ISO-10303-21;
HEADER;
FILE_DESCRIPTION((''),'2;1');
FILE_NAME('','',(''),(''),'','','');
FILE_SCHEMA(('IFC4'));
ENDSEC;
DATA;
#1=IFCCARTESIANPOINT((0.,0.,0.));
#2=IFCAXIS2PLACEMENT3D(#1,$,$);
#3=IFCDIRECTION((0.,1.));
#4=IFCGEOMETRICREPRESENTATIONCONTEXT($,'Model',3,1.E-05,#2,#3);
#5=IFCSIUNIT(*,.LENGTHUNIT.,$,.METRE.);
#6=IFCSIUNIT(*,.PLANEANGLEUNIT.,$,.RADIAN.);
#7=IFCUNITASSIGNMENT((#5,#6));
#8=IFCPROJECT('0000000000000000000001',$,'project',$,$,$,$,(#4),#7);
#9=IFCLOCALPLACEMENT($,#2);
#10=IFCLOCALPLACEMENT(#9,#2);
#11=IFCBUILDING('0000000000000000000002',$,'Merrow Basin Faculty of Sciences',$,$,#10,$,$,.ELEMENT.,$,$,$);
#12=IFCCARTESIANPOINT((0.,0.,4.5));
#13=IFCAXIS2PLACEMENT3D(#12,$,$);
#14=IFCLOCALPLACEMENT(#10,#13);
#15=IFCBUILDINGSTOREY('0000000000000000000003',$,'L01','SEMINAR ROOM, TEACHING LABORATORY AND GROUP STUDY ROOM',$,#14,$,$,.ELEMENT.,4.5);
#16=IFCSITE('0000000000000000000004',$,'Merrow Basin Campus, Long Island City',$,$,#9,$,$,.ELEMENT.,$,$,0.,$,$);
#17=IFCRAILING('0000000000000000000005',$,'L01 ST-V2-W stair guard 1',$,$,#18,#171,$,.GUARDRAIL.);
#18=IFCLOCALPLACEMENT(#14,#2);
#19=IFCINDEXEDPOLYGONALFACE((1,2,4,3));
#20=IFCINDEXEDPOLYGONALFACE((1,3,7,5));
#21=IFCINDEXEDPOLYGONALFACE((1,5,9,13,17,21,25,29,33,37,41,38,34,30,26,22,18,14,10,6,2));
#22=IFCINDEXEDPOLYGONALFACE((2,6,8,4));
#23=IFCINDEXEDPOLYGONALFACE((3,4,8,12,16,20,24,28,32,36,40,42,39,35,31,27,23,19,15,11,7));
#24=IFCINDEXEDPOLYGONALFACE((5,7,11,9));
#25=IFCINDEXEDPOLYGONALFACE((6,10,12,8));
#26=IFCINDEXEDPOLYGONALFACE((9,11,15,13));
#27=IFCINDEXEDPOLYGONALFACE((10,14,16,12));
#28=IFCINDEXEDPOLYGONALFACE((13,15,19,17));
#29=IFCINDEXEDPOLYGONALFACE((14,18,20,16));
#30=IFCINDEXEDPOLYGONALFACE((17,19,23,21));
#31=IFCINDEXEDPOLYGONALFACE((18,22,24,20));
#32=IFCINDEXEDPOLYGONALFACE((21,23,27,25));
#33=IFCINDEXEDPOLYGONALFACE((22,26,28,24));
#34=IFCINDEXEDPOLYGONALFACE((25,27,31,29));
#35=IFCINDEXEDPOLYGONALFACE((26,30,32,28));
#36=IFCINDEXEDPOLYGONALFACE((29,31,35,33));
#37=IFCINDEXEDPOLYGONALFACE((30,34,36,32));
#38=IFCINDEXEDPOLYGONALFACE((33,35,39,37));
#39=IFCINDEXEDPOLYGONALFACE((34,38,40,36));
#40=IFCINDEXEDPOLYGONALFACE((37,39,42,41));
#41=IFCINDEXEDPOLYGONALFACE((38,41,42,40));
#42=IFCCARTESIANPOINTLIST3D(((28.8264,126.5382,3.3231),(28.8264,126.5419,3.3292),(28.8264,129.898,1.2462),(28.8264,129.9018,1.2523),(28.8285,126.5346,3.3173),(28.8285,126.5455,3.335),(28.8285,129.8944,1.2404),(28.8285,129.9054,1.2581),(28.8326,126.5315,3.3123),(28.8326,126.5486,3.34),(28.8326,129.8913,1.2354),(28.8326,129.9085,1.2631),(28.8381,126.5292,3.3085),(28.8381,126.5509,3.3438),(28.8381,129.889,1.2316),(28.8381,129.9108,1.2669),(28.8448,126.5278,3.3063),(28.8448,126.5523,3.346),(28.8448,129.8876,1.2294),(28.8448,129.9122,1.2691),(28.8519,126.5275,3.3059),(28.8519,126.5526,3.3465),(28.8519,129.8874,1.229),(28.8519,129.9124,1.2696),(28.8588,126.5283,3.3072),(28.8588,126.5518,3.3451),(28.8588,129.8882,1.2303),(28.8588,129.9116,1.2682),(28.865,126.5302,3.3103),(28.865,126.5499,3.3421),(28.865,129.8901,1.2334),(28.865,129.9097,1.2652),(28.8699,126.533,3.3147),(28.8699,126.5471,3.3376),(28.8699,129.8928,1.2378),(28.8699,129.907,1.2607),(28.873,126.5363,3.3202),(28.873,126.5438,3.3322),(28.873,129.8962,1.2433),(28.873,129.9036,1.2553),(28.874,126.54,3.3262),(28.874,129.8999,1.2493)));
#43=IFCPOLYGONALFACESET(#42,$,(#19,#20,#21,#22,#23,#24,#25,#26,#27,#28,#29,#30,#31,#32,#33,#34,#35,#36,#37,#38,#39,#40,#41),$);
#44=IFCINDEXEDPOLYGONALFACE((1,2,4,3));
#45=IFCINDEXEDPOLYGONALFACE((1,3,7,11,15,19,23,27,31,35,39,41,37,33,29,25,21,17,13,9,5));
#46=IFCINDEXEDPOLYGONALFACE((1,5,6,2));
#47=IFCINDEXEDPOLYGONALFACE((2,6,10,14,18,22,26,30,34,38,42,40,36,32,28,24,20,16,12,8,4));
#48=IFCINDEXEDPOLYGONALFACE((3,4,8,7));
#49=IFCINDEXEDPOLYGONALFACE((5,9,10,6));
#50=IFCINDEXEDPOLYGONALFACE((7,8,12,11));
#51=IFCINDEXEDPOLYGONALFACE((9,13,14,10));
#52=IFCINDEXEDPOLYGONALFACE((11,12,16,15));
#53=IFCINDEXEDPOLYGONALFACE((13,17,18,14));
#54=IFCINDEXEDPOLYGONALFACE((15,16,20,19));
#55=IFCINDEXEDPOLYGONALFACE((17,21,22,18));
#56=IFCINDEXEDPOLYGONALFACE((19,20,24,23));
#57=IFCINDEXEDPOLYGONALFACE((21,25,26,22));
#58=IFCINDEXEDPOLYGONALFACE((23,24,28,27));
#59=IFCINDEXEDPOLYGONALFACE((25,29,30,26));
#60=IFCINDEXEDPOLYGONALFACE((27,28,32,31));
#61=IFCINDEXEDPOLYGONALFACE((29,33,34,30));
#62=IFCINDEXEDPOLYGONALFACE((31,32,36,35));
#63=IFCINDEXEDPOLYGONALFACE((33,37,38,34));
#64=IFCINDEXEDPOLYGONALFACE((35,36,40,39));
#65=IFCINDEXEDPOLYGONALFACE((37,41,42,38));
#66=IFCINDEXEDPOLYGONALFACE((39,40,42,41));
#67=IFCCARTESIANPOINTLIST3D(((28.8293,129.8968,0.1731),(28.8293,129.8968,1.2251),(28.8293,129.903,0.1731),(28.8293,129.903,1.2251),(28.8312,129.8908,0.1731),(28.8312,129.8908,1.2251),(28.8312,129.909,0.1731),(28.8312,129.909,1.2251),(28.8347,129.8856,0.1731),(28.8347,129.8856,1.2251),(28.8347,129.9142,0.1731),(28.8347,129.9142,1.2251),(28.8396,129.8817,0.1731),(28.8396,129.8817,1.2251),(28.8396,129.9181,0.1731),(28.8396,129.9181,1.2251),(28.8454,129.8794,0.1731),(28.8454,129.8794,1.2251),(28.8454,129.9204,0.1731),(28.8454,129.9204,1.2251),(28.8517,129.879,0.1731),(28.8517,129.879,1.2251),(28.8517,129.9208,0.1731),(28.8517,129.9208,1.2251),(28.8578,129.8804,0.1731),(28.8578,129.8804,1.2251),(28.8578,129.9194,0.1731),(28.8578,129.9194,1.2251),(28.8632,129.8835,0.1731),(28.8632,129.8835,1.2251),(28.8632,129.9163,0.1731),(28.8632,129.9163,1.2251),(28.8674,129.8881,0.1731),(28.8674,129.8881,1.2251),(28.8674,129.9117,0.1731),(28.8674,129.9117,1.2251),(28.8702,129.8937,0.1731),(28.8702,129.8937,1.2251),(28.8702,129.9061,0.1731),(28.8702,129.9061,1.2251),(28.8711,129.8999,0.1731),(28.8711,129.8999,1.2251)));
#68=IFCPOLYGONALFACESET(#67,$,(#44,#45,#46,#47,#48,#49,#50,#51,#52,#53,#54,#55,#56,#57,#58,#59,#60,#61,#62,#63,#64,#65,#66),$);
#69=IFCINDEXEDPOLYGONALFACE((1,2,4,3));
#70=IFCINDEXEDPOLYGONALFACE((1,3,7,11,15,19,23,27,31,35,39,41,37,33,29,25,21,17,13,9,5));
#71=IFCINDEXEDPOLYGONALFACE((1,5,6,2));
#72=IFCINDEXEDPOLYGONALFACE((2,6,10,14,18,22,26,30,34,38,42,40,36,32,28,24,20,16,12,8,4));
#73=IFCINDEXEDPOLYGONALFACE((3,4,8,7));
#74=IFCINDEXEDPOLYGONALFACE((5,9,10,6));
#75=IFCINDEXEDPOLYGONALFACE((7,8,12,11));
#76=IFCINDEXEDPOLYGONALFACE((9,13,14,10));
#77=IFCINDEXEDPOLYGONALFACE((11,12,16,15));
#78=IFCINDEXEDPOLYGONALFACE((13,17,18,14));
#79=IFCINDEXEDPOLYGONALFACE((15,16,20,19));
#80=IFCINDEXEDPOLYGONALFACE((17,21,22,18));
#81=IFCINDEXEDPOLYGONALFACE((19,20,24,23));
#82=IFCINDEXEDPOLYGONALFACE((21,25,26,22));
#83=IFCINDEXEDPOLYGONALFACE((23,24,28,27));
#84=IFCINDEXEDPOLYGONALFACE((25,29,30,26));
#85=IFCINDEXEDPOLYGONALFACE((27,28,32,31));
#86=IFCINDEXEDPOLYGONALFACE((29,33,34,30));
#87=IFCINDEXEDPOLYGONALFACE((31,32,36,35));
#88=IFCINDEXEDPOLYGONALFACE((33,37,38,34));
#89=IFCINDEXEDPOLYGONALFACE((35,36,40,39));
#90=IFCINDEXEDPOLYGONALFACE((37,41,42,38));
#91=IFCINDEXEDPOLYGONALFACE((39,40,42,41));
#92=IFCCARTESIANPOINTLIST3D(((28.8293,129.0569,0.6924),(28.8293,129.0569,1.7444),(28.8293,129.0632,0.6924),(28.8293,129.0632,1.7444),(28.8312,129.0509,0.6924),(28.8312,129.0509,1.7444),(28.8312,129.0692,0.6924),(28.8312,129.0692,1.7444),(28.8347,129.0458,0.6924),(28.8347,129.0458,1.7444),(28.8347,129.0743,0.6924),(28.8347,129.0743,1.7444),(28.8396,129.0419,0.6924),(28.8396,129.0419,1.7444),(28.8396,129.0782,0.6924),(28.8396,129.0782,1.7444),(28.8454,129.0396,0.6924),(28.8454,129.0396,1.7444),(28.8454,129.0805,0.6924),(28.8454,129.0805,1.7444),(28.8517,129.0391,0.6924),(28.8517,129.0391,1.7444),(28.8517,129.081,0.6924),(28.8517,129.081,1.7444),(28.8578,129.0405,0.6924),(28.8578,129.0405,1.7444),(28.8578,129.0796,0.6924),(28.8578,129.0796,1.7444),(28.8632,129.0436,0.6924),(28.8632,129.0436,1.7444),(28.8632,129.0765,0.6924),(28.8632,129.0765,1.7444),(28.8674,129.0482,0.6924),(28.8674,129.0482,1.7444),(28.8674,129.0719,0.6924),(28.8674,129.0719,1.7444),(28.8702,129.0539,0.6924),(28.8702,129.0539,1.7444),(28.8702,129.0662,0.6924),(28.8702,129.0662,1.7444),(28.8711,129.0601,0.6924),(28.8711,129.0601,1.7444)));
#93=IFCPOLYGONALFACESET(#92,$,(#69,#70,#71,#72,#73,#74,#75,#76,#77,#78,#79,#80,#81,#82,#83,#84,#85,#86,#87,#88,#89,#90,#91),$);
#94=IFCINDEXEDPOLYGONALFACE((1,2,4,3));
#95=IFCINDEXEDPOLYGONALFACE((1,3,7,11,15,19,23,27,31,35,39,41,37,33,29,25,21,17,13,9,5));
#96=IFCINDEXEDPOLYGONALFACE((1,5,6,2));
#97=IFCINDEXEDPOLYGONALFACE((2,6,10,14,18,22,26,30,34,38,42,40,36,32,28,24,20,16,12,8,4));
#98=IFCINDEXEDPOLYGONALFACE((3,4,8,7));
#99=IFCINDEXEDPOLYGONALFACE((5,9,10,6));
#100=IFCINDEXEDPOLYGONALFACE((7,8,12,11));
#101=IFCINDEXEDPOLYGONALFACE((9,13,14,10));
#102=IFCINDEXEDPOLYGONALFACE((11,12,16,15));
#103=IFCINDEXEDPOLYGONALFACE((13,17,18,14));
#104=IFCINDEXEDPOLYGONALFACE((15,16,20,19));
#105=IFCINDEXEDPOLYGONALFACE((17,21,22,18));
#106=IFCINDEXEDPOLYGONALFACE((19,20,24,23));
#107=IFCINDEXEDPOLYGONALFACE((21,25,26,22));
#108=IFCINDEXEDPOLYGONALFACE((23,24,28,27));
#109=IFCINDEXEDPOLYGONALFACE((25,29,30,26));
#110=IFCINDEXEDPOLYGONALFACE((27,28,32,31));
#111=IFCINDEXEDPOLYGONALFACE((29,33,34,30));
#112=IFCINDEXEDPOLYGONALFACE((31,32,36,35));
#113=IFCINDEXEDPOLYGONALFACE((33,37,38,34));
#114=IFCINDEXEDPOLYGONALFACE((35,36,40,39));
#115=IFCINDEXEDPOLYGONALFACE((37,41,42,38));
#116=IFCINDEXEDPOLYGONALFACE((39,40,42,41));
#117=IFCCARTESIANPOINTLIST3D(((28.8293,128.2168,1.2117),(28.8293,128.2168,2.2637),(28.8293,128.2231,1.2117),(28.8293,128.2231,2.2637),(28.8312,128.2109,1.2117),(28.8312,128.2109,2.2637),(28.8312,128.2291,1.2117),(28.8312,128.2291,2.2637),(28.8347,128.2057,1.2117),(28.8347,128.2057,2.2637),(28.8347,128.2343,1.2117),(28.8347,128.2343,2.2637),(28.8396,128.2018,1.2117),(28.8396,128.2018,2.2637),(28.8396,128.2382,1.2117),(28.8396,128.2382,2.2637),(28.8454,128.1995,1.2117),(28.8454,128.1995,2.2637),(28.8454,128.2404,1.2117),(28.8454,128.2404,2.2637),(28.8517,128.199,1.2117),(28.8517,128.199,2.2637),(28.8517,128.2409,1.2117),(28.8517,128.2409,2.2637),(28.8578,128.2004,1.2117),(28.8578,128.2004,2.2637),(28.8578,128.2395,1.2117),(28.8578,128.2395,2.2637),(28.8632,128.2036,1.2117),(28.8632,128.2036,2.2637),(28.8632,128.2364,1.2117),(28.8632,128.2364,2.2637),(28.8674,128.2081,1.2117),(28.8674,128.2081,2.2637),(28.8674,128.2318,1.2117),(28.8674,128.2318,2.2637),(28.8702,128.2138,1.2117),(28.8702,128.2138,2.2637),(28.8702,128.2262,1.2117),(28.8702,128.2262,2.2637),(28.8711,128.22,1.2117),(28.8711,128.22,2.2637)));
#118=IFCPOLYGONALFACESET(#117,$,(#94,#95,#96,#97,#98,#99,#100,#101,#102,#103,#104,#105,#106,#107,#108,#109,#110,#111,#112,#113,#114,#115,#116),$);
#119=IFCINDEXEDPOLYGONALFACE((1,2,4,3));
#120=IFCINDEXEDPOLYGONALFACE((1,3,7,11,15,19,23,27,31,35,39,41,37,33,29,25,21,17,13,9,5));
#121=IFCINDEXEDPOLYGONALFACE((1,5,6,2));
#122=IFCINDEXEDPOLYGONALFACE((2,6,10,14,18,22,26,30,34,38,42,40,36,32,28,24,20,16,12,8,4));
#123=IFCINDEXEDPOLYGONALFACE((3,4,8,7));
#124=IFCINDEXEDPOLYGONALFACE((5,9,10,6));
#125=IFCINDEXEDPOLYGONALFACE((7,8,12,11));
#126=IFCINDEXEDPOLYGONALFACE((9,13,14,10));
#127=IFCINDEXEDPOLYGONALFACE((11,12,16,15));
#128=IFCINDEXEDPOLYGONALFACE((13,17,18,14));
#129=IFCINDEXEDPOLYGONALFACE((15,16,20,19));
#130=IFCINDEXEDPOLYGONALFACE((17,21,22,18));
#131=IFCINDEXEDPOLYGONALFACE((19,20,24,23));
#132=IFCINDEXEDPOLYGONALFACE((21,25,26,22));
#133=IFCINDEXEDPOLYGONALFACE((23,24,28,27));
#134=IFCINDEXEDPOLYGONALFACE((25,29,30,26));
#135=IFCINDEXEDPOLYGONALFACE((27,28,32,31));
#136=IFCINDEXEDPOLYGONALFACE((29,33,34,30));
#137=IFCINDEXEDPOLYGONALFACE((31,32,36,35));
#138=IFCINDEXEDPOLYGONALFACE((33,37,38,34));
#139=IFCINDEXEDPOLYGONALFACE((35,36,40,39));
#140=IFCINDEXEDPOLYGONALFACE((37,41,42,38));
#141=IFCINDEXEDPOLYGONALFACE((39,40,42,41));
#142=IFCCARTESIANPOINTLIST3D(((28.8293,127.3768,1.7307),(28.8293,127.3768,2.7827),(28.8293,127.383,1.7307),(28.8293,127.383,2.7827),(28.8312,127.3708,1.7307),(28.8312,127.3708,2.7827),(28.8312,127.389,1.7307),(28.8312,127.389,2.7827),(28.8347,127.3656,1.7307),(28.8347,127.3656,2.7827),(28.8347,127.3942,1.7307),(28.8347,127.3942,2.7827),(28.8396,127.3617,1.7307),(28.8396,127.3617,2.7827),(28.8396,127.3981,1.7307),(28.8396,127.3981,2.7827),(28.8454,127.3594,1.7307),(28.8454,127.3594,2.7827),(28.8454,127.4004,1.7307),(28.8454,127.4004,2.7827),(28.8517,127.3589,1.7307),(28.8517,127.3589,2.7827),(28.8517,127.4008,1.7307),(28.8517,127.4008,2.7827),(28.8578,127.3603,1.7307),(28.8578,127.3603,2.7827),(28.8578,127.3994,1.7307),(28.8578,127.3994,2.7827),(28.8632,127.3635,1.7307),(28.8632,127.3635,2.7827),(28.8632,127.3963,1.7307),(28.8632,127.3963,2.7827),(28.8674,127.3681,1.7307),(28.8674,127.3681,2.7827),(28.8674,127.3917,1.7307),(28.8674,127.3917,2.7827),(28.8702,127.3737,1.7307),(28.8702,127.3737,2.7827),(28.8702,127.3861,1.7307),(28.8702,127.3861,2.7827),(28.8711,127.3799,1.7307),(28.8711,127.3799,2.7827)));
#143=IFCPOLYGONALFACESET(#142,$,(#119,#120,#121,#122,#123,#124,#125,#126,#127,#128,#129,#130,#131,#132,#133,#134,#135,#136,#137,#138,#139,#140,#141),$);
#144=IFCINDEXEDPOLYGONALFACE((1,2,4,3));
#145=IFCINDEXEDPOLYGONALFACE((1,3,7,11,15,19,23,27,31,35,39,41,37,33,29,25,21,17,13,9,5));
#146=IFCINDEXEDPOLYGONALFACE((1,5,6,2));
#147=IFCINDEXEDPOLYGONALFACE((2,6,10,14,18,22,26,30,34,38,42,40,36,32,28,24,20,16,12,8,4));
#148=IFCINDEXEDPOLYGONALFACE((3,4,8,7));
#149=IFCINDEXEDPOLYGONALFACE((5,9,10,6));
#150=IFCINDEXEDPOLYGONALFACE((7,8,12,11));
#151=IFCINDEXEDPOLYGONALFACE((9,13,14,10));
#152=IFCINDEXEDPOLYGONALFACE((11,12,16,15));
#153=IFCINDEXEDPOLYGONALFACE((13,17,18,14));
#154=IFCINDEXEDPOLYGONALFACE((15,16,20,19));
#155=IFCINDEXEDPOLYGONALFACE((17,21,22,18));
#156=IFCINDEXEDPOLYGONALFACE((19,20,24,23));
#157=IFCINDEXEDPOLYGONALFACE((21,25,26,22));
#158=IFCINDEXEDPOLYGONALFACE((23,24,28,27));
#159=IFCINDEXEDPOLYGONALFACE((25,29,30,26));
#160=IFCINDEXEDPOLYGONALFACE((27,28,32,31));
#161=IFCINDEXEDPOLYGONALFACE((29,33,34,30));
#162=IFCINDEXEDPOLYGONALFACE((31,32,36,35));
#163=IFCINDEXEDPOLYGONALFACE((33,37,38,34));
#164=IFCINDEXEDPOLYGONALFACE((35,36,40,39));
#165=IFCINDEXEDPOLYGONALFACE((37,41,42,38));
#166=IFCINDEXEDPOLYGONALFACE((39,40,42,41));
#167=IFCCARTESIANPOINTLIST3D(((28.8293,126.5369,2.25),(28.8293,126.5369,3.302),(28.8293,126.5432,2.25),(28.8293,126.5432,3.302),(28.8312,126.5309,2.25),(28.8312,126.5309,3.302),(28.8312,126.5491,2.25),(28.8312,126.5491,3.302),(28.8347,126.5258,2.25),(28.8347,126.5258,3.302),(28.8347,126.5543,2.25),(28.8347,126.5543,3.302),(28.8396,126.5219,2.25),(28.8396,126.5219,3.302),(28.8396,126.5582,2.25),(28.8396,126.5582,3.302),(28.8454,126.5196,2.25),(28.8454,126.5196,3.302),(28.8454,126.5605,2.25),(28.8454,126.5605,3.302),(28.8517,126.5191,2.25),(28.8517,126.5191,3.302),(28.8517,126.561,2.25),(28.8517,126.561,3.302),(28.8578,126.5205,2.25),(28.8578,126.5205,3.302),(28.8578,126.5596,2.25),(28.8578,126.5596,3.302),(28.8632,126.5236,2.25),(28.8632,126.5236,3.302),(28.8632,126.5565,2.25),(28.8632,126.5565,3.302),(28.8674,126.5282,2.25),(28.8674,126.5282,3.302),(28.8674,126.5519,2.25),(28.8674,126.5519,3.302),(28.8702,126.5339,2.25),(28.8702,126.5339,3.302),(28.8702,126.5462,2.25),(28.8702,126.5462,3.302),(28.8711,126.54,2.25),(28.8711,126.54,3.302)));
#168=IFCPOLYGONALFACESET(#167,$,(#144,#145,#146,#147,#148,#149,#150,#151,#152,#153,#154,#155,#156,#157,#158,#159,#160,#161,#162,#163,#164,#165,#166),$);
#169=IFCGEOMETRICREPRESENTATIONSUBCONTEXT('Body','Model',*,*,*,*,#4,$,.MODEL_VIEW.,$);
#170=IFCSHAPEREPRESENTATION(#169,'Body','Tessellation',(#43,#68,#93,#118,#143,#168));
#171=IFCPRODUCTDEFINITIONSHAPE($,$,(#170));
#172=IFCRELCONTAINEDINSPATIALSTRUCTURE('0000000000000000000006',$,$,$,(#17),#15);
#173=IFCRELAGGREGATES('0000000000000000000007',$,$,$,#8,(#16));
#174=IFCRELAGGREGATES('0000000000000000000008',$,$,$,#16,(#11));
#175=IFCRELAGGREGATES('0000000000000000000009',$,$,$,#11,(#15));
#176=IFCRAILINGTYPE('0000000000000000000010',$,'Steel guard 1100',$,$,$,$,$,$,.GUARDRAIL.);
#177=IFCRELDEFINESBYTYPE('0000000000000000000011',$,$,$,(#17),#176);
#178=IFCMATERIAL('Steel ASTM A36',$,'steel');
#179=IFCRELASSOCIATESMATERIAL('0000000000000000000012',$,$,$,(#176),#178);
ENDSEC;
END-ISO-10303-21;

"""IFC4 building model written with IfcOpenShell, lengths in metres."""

from ifc_helpers import new_model, si_unit, direction, frame, origin, origin_2d, place, context, subcontext, project, spatial, circle, extrude, material, type_object, element, save


model = new_model("IFC4")

# Units and contexts
model_context = context("Model", 3, precision=1e-05, world=origin(), true_north=direction((0.0, 1.0)))
body_context = subcontext(model_context, "Body", "Model", "MODEL_VIEW")
ifc_project = project(units=[si_unit("LENGTHUNIT", "METRE"), si_unit("PLANEANGLEUNIT", "RADIAN")], contexts=[model_context])

# Site, building, storey
site_placement = place(None, origin())
site = spatial("IfcSite", under=ifc_project, at=site_placement, Name="Merrow Basin Campus, Long Island City", CompositionType="ELEMENT", RefElevation=0.0)
building_placement = place(site_placement, origin())
building = spatial("IfcBuilding", under=site, at=building_placement, Name="Merrow Basin Faculty of Sciences", CompositionType="ELEMENT")
storey_placement = place(building_placement, frame((0.0, 0.0, 4.5)))
storey = spatial("IfcBuildingStorey", under=building, at=storey_placement, Name="L01", Description="SEMINAR ROOM, TEACHING LABORATORY AND GROUP STUDY ROOM", CompositionType="ELEMENT", Elevation=4.5)

# Railing
ifc_material_1 = material(Name="Steel ASTM A36", Category="steel")
railing_type_1 = type_object("IfcRailingType", Name="Steel guard 1100", PredefinedType="GUARDRAIL", material=ifc_material_1)
railing_1_placement = place(storey_placement, frame((28.8501, 129.8999, 0.1731)))
element("IfcRailing", 1, at=railing_1_placement, inside=storey, type_object=railing_type_1, Name="L01 ST-V2-W stair guard 1", PredefinedType="GUARDRAIL", context=body_context, shape_type="SweptSolid", body=[
    extrude(circle(Radius=0.0239, at=origin_2d()), frame((0.0, 0.0, 1.0762), z_axis=(0.0, -0.850606, 0.525803), x_axis=(1.0, 0.0, 0.0)), (0.0, 0.0, 1.0), 3.95),
    extrude(circle(Radius=0.021, at=origin_2d()), origin(), (0.0, 0.0, 1.0), 1.052),
    extrude(circle(Radius=0.021, at=origin_2d()), frame((0.0, -0.8398, 0.5193)), (0.0, 0.0, 1.0), 1.052),
    extrude(circle(Radius=0.021, at=origin_2d()), frame((0.0, -1.6799, 1.0386)), (0.0, 0.0, 1.0), 1.052),
    extrude(circle(Radius=0.021, at=origin_2d()), frame((0.0, -2.52, 1.5576)), (0.0, 0.0, 1.0), 1.052),
    extrude(circle(Radius=0.021, at=origin_2d()), frame((0.0, -3.3599, 2.0769)), (0.0, 0.0, 1.0), 1.052),
])

save(model, "model.ifc")
